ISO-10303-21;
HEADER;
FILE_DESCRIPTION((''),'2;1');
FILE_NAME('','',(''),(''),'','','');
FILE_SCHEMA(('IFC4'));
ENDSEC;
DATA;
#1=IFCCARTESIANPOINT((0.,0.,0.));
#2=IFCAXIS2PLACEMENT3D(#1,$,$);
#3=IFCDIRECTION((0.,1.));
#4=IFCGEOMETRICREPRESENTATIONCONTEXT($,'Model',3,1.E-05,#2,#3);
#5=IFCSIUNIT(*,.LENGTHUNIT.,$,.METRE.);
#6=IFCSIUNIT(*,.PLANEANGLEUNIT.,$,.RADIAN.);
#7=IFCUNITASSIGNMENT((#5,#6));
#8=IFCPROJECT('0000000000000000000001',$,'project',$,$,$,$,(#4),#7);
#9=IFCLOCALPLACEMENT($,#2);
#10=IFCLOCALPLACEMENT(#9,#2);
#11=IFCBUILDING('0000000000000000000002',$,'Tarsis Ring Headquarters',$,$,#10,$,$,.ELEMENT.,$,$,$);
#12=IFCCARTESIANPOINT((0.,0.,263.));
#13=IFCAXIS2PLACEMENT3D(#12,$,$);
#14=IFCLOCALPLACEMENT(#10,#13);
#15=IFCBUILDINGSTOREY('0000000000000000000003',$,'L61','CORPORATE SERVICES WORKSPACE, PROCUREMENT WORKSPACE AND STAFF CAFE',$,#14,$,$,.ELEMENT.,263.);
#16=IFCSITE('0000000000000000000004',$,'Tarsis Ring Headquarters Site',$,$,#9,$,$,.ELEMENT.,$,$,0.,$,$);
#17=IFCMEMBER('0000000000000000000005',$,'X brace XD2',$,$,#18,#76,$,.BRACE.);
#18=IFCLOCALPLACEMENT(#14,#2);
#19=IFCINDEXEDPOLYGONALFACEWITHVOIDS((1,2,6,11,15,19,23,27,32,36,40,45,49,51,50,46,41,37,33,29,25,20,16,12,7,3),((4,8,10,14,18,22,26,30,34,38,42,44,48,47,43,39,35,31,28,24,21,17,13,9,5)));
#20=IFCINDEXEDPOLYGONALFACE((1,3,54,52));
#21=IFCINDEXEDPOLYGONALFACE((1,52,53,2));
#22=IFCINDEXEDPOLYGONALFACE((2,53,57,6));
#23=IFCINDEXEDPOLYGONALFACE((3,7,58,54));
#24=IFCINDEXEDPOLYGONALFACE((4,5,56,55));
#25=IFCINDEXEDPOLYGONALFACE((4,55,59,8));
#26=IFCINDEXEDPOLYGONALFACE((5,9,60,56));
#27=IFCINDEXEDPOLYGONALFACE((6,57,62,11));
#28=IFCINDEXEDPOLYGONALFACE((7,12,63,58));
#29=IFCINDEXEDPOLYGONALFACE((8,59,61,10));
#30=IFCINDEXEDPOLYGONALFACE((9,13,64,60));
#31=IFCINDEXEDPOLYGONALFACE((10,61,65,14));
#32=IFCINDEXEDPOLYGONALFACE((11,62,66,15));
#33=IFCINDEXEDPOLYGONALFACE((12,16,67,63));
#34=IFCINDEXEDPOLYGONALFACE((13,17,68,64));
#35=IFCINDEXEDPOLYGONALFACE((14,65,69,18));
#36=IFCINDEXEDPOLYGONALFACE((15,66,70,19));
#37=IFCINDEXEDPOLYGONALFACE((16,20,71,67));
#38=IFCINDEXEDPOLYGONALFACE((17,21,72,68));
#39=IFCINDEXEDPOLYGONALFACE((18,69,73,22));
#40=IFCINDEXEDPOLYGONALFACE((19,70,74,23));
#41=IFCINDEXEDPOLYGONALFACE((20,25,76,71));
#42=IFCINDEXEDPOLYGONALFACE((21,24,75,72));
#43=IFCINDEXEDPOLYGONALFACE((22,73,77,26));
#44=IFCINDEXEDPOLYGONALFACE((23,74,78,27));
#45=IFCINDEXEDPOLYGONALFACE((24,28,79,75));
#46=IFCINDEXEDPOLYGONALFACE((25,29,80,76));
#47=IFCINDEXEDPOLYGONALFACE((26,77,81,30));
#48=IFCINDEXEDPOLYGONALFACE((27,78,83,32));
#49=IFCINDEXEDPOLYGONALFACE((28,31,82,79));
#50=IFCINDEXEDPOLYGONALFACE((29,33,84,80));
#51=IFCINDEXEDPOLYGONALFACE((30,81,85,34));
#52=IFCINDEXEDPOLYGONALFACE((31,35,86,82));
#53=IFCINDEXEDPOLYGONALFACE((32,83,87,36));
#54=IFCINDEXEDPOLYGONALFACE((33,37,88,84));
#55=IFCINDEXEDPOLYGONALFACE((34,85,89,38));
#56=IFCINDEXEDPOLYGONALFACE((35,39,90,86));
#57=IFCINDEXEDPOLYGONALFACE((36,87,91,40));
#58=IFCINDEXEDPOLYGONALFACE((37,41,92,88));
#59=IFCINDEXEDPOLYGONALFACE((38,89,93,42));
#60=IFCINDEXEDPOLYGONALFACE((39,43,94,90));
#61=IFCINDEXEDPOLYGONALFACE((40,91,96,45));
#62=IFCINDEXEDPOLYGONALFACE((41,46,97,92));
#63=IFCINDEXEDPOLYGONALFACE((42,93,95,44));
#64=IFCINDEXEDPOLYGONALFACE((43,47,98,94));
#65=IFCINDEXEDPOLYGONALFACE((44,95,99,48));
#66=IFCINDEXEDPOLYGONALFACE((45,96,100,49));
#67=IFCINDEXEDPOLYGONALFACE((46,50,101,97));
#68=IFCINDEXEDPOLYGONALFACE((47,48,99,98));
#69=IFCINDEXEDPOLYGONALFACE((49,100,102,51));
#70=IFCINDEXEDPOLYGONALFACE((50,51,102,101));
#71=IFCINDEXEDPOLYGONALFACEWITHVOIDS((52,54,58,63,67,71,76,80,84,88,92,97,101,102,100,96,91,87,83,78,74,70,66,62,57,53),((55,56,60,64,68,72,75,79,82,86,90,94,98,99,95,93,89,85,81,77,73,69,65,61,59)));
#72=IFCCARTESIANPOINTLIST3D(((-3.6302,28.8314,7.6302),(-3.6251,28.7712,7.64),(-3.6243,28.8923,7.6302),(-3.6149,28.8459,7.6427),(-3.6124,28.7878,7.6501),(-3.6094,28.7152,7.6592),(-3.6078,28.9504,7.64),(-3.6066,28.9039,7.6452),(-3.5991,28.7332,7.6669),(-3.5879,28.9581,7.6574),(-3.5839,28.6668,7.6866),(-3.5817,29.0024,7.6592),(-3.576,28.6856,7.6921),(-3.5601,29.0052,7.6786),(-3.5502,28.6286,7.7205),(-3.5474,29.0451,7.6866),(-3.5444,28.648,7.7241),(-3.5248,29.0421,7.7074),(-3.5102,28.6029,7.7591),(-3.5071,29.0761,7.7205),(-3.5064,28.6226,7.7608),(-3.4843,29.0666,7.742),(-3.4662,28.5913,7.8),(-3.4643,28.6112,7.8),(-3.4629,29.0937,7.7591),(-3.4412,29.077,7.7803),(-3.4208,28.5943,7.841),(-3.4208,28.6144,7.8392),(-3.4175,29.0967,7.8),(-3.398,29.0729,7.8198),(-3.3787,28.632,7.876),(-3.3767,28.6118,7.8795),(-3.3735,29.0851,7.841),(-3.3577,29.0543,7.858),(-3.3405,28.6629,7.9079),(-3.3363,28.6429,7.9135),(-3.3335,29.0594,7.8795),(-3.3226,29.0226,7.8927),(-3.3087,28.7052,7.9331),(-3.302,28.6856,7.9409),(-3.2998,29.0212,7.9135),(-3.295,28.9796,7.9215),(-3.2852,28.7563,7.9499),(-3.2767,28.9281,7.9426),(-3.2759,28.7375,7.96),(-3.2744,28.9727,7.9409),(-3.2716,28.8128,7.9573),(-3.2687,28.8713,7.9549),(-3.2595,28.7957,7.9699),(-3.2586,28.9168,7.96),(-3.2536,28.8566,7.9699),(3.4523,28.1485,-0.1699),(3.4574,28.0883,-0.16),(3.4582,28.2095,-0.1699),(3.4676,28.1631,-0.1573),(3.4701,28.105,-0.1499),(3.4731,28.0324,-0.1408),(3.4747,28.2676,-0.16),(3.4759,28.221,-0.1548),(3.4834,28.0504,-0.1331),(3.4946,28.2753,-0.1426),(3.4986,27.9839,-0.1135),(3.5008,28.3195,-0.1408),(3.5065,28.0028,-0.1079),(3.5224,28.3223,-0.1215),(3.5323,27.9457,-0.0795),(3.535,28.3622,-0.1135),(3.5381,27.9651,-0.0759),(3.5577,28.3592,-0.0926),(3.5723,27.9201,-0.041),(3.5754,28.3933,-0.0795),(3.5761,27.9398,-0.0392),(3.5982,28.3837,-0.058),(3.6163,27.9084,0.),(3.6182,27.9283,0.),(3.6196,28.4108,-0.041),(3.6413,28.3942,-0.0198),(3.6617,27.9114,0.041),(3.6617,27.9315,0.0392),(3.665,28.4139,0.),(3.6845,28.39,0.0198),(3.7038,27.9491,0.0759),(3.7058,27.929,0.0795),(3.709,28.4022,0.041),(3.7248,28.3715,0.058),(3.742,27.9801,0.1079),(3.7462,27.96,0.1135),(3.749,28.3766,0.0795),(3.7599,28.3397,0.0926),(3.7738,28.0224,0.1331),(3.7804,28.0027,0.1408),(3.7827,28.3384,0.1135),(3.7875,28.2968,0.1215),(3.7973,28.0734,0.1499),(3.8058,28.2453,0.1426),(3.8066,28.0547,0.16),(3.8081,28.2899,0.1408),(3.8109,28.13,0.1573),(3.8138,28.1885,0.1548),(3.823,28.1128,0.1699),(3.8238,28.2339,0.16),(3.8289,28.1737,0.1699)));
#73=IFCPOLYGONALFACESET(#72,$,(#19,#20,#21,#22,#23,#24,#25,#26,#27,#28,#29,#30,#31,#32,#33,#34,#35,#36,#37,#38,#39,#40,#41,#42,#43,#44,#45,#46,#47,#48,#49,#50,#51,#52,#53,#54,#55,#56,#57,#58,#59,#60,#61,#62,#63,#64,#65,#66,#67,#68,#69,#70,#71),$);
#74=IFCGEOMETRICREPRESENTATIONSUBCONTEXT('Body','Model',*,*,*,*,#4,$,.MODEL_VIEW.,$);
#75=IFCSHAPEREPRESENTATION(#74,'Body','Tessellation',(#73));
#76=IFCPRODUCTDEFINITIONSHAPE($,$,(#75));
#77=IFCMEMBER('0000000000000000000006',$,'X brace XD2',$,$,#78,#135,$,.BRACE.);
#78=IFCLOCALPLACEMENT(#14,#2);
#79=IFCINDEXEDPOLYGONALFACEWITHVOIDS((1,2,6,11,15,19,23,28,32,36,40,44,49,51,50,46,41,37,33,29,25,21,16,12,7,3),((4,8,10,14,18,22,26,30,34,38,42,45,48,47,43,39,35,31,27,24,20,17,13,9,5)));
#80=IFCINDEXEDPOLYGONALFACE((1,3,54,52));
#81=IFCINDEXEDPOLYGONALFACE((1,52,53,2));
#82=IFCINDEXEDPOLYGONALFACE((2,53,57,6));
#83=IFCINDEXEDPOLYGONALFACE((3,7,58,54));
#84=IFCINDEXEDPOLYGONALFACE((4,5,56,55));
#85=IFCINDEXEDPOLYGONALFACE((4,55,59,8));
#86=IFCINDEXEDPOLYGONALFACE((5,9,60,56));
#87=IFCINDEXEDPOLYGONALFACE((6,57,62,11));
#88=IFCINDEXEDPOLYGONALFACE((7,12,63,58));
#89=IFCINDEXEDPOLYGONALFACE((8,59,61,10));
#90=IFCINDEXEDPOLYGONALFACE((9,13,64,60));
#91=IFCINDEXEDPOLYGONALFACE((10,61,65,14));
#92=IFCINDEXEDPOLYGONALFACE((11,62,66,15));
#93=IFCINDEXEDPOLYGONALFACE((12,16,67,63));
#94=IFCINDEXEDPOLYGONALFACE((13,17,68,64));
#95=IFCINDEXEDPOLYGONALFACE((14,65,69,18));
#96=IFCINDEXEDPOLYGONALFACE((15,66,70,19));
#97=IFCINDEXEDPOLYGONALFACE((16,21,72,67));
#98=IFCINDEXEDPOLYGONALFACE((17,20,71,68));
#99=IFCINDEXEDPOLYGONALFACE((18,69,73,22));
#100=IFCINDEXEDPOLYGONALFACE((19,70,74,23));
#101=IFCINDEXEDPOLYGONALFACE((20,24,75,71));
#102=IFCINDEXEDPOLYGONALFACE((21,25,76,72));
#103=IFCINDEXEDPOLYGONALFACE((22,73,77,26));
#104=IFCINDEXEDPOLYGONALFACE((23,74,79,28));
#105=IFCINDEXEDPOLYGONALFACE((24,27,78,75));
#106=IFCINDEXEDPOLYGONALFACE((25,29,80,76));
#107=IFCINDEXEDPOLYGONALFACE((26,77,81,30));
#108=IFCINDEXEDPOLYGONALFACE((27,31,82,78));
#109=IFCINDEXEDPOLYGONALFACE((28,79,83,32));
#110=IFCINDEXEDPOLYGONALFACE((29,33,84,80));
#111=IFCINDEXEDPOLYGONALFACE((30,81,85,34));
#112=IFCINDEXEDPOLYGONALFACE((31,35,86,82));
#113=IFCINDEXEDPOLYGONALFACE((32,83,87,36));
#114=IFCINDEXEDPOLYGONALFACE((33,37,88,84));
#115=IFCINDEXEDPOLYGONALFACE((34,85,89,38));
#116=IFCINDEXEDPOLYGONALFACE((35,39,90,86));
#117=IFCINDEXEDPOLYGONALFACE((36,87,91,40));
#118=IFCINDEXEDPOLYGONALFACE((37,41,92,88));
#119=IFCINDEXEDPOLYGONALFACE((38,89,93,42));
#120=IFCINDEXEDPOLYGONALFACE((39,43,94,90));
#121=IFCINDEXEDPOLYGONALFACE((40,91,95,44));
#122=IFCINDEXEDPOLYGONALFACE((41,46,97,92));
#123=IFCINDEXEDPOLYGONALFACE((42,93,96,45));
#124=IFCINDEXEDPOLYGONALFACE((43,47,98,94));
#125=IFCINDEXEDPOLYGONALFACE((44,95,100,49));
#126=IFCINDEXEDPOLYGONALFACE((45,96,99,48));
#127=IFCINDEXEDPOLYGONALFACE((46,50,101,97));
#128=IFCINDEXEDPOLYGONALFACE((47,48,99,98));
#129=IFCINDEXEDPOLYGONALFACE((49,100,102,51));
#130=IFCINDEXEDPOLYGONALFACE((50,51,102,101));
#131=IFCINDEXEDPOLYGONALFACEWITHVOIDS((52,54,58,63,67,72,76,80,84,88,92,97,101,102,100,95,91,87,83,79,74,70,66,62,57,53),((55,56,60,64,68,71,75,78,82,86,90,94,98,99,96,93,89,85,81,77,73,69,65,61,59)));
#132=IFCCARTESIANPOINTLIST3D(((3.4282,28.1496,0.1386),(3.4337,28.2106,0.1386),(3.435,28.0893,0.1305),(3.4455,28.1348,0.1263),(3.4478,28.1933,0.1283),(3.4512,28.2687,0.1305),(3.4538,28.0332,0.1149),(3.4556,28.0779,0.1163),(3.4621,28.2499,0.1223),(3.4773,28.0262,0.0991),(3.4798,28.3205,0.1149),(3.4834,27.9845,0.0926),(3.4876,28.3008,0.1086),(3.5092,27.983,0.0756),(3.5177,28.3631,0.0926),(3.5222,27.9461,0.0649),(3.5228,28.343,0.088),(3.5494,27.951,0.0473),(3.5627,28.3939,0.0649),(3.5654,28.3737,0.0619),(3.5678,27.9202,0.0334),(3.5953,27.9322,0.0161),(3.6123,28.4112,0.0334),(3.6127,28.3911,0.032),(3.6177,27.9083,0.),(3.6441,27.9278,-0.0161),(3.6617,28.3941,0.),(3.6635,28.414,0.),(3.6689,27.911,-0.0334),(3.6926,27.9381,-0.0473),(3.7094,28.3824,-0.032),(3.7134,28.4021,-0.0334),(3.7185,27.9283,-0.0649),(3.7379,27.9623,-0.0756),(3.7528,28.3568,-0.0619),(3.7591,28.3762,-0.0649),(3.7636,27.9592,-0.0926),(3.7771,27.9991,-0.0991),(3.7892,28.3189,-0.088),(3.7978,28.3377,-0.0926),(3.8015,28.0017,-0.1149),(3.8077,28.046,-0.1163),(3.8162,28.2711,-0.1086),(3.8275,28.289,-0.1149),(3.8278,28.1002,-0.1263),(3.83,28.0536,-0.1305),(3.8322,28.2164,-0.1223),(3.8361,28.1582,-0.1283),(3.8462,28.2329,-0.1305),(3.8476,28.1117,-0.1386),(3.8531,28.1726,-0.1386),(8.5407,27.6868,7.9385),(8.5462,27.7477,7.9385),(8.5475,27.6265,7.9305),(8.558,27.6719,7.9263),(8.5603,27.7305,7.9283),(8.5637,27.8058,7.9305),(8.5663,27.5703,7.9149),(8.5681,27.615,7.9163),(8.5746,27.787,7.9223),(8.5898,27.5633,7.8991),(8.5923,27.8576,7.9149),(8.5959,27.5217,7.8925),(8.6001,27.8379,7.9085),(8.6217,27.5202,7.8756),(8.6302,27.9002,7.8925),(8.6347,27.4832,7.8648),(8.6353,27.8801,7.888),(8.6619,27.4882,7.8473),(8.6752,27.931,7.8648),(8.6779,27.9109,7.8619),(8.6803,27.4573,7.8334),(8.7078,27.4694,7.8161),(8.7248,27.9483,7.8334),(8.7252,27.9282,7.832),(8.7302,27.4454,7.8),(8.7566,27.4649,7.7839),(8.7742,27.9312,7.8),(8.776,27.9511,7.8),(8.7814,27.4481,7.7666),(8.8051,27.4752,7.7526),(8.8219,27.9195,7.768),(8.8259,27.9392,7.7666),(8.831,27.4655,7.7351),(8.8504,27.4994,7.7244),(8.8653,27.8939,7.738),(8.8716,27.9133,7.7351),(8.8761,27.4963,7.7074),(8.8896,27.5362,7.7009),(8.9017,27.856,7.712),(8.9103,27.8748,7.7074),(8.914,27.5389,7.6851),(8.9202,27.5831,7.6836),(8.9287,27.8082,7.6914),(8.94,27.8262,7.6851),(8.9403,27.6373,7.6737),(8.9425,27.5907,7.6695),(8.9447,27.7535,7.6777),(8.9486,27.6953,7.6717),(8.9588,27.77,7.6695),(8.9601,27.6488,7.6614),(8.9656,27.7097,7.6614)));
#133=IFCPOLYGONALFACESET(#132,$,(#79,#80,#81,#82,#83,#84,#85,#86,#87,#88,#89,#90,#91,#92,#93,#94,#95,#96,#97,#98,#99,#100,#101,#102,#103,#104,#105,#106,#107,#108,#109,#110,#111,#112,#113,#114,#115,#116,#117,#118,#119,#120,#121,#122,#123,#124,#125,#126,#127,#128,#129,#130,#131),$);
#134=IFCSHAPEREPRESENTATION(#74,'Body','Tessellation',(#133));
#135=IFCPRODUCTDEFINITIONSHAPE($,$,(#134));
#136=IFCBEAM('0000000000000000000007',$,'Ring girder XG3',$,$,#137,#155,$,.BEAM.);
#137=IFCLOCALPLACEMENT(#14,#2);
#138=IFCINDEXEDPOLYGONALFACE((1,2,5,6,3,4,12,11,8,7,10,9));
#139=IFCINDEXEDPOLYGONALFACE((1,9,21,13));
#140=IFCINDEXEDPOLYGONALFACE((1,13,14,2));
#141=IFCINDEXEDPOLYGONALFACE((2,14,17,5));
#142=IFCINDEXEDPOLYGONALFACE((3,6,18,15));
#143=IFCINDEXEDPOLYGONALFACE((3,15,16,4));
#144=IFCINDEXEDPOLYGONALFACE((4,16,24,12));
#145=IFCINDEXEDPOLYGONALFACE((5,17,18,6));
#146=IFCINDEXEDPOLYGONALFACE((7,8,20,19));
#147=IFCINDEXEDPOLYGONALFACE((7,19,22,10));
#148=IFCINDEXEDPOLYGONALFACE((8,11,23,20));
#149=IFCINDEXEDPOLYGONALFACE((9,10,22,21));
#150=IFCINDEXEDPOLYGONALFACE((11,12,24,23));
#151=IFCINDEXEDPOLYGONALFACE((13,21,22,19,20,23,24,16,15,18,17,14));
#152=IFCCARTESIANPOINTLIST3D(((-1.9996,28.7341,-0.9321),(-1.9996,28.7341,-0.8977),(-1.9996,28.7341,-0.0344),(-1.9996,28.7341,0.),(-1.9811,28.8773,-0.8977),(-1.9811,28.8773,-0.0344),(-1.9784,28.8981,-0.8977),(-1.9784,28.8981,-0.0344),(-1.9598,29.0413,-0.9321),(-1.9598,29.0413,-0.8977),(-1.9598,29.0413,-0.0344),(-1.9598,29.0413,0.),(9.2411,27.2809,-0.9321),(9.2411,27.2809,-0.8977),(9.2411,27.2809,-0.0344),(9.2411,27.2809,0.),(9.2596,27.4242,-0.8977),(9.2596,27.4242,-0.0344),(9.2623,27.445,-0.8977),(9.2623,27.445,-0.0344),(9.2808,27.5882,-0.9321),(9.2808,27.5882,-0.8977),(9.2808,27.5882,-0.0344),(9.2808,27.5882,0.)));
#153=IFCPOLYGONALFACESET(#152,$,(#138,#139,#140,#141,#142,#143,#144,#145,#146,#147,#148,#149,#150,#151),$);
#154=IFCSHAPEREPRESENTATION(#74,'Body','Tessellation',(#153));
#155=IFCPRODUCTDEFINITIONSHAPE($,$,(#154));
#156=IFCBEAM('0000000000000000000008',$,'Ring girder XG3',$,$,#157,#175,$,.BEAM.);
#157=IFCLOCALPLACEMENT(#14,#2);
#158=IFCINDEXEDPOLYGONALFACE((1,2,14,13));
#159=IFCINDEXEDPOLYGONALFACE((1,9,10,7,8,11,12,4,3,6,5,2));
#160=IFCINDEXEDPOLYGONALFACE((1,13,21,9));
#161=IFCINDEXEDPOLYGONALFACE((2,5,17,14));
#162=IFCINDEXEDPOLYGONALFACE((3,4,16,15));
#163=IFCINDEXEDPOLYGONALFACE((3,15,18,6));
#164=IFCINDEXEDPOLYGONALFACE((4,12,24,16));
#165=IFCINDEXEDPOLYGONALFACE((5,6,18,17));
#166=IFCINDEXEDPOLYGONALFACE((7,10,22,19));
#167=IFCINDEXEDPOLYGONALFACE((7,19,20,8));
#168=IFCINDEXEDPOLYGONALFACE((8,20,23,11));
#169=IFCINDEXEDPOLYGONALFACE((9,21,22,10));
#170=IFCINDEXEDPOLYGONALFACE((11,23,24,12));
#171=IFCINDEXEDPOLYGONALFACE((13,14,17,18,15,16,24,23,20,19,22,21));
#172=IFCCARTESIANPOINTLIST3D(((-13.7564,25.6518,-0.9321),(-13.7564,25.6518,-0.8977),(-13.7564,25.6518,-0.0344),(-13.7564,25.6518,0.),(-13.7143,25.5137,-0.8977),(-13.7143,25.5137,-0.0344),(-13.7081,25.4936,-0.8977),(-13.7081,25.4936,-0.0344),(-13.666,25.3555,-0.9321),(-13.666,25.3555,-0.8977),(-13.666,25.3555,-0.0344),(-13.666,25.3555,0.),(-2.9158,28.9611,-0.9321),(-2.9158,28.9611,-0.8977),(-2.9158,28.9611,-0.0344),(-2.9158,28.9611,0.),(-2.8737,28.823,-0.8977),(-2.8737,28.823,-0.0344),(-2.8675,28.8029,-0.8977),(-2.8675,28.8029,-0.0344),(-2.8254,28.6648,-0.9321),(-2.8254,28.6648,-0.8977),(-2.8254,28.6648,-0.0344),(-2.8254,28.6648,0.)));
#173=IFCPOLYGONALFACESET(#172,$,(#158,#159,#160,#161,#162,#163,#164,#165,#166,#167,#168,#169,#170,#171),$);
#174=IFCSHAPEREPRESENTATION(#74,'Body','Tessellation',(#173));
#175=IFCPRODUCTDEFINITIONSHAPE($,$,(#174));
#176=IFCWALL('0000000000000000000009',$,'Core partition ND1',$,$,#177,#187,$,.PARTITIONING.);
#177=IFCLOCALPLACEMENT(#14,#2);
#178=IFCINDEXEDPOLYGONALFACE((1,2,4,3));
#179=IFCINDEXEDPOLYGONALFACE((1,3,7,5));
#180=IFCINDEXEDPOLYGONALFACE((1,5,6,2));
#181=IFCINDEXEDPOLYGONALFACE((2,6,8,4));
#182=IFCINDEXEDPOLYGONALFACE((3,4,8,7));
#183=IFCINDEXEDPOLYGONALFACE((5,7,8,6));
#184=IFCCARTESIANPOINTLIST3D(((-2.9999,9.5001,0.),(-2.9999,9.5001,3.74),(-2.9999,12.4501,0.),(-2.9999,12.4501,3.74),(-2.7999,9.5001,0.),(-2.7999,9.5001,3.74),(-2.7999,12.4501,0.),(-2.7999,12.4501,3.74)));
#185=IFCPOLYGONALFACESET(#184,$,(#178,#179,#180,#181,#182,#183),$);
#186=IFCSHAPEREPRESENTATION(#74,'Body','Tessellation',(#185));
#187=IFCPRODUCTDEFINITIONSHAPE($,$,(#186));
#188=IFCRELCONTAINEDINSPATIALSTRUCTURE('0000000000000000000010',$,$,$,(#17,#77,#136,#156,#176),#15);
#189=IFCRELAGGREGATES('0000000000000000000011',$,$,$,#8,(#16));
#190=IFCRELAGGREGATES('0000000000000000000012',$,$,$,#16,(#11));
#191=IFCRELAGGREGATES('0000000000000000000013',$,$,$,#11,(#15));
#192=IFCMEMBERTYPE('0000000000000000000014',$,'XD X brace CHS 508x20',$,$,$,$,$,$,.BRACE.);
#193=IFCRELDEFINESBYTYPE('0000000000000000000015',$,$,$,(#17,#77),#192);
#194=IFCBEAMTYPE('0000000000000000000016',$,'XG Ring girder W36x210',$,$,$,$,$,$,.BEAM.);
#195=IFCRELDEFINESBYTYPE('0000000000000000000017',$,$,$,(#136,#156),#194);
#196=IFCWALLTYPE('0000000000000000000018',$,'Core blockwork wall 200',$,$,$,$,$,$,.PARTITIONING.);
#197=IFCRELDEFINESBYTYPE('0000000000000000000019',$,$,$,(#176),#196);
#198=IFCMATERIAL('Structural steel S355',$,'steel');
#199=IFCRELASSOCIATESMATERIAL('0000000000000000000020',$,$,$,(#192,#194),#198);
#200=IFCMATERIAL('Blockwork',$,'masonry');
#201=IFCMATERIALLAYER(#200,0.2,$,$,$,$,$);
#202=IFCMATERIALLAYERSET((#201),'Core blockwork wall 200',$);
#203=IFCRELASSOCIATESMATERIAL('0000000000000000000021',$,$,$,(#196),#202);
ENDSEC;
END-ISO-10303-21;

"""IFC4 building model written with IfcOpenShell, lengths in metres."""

from ifc_helpers import new_model, si_unit, direction, frame, frame_2d, origin, origin_2d, place, context, subcontext, project, spatial, rectangle, hollow_circle, i_section, extrude, material, layer, layer_set, material_profile, profile_set, type_object, element, save


model = new_model("IFC4")

# Units and contexts
model_context = context("Model", 3, precision=1e-05, world=origin(), true_north=direction((0.0, 1.0)))
body_context = subcontext(model_context, "Body", "Model", "MODEL_VIEW")
ifc_project = project(units=[si_unit("LENGTHUNIT", "METRE"), si_unit("PLANEANGLEUNIT", "RADIAN")], contexts=[model_context])

# Site, building, storey
site_placement = place(None, origin())
site = spatial("IfcSite", under=ifc_project, at=site_placement, Name="Tarsis Ring Headquarters Site", CompositionType="ELEMENT", RefElevation=0.0)
building_placement = place(site_placement, origin())
building = spatial("IfcBuilding", under=site, at=building_placement, Name="Tarsis Ring Headquarters", CompositionType="ELEMENT")
storey_placement = place(building_placement, frame((0.0, 0.0, 263.0)))
storey = spatial("IfcBuildingStorey", under=building, at=storey_placement, Name="L61", Description="CORPORATE SERVICES WORKSPACE, PROCUREMENT WORKSPACE AND STAFF CAFE", CompositionType="ELEMENT", Elevation=263.0)

# Shared definitions
ifc_material_1 = material(Name="Structural steel S355", Category="steel")

# Members
ifc_material_profile_1 = material_profile(ifc_material_1, hollow_circle(Radius=0.2539, WallThickness=0.02, at=origin_2d()), Name="CHS 508x20")
ifc_profile_set_1 = profile_set([ifc_material_profile_1], Name="Structural steel S355")
member_type = type_object("IfcMemberType", Name="XD X brace CHS 508x20", PredefinedType="BRACE", material=ifc_profile_set_1)
member_1_placement = place(storey_placement, frame((3.6406, 28.1611, 0.0), z_axis=(-0.670827, 0.064678, 0.738788), x_axis=(-0.09597, -0.995384, 0.0)))
element("IfcMember", 1, at=member_1_placement, inside=storey, type_object=member_type, Name="X brace XD2", PredefinedType="BRACE", context=body_context, shape_type="SweptSolid", body=[
    extrude(hollow_circle(Radius=0.2539, WallThickness=0.02, at=origin_2d()), origin(), (0.0, 0.0, 1.0), 10.5579),
])
member_2_placement = place(storey_placement, frame((3.6406, 28.1611, 0.0), z_axis=(0.547515, -0.049572, 0.835326), x_axis=(0.090171, 0.995926, 0.0)))
element("IfcMember", 2, at=member_2_placement, inside=storey, type_object=member_type, Name="X brace XD2", PredefinedType="BRACE", context=body_context, shape_type="SweptSolid", body=[
    extrude(hollow_circle(Radius=0.2539, WallThickness=0.02, at=origin_2d()), origin(), (0.0, 0.0, 1.0), 9.3376),
])

# Beams
ifc_material_profile_2 = material_profile(ifc_material_1, i_section(OverallWidth=0.3098, OverallDepth=0.9321, WebThickness=0.021, FlangeThickness=0.0344, at=origin_2d()), Name="W36x210")
ifc_profile_set_2 = profile_set([ifc_material_profile_2], Name="Structural steel S355")
beam_type_1 = type_object("IfcBeamType", Name="XG Ring girder W36x210", PredefinedType="BEAM", material=ifc_profile_set_2)
beam_1_placement = place(storey_placement, frame((9.261, 27.4346, -0.4661), z_axis=(-0.991748, 0.128206, 0.0), x_axis=(-0.128206, -0.991748, 0.0)))
element("IfcBeam", 3, at=beam_1_placement, inside=storey, type_object=beam_type_1, Name="Ring girder XG3", PredefinedType="BEAM", context=body_context, shape_type="SweptSolid", body=[
    extrude(i_section(OverallWidth=0.3098, OverallDepth=0.9321, WebThickness=0.021, FlangeThickness=0.0344, at=origin_2d()), origin(), (0.0, 0.0, 1.0), 11.3342),
])
beam_2_placement = place(storey_placement, frame((-2.8706, 28.813, -0.4661), z_axis=(-0.956427, -0.291971, 0.0), x_axis=(0.291971, -0.956427, 0.0)))
element("IfcBeam", 4, at=beam_2_placement, inside=storey, type_object=beam_type_1, Name="Ring girder XG3", PredefinedType="BEAM", context=body_context, shape_type="SweptSolid", body=[
    extrude(i_section(OverallWidth=0.3098, OverallDepth=0.9321, WebThickness=0.021, FlangeThickness=0.0344, at=origin_2d()), origin(), (0.0, 0.0, 1.0), 11.3345),
])

# Wall
ifc_material_2 = material(Name="Blockwork", Category="masonry")
ifc_layer_1 = layer(ifc_material_2, 0.2)
ifc_layer_set_1 = layer_set([ifc_layer_1], Name="Core blockwork wall 200")
wall_type_1 = type_object("IfcWallType", Name="Core blockwork wall 200", PredefinedType="PARTITIONING", material=ifc_layer_set_1)
wall_1_placement = place(storey_placement, frame((-2.8999, 9.5, 0.0), z_axis=(0.0, 0.0, 1.0), x_axis=(0.0, 1.0, 0.0)))
element("IfcWall", 5, at=wall_1_placement, inside=storey, type_object=wall_type_1, Name="Core partition ND1", PredefinedType="PARTITIONING", context=body_context, shape_type="SweptSolid", body=[
    extrude(rectangle(XDim=2.95, YDim=0.2, at=frame_2d((1.4751, 0.0))), origin(), (0.0, 0.0, 1.0), 3.74),
])

save(model, "model.ifc")
